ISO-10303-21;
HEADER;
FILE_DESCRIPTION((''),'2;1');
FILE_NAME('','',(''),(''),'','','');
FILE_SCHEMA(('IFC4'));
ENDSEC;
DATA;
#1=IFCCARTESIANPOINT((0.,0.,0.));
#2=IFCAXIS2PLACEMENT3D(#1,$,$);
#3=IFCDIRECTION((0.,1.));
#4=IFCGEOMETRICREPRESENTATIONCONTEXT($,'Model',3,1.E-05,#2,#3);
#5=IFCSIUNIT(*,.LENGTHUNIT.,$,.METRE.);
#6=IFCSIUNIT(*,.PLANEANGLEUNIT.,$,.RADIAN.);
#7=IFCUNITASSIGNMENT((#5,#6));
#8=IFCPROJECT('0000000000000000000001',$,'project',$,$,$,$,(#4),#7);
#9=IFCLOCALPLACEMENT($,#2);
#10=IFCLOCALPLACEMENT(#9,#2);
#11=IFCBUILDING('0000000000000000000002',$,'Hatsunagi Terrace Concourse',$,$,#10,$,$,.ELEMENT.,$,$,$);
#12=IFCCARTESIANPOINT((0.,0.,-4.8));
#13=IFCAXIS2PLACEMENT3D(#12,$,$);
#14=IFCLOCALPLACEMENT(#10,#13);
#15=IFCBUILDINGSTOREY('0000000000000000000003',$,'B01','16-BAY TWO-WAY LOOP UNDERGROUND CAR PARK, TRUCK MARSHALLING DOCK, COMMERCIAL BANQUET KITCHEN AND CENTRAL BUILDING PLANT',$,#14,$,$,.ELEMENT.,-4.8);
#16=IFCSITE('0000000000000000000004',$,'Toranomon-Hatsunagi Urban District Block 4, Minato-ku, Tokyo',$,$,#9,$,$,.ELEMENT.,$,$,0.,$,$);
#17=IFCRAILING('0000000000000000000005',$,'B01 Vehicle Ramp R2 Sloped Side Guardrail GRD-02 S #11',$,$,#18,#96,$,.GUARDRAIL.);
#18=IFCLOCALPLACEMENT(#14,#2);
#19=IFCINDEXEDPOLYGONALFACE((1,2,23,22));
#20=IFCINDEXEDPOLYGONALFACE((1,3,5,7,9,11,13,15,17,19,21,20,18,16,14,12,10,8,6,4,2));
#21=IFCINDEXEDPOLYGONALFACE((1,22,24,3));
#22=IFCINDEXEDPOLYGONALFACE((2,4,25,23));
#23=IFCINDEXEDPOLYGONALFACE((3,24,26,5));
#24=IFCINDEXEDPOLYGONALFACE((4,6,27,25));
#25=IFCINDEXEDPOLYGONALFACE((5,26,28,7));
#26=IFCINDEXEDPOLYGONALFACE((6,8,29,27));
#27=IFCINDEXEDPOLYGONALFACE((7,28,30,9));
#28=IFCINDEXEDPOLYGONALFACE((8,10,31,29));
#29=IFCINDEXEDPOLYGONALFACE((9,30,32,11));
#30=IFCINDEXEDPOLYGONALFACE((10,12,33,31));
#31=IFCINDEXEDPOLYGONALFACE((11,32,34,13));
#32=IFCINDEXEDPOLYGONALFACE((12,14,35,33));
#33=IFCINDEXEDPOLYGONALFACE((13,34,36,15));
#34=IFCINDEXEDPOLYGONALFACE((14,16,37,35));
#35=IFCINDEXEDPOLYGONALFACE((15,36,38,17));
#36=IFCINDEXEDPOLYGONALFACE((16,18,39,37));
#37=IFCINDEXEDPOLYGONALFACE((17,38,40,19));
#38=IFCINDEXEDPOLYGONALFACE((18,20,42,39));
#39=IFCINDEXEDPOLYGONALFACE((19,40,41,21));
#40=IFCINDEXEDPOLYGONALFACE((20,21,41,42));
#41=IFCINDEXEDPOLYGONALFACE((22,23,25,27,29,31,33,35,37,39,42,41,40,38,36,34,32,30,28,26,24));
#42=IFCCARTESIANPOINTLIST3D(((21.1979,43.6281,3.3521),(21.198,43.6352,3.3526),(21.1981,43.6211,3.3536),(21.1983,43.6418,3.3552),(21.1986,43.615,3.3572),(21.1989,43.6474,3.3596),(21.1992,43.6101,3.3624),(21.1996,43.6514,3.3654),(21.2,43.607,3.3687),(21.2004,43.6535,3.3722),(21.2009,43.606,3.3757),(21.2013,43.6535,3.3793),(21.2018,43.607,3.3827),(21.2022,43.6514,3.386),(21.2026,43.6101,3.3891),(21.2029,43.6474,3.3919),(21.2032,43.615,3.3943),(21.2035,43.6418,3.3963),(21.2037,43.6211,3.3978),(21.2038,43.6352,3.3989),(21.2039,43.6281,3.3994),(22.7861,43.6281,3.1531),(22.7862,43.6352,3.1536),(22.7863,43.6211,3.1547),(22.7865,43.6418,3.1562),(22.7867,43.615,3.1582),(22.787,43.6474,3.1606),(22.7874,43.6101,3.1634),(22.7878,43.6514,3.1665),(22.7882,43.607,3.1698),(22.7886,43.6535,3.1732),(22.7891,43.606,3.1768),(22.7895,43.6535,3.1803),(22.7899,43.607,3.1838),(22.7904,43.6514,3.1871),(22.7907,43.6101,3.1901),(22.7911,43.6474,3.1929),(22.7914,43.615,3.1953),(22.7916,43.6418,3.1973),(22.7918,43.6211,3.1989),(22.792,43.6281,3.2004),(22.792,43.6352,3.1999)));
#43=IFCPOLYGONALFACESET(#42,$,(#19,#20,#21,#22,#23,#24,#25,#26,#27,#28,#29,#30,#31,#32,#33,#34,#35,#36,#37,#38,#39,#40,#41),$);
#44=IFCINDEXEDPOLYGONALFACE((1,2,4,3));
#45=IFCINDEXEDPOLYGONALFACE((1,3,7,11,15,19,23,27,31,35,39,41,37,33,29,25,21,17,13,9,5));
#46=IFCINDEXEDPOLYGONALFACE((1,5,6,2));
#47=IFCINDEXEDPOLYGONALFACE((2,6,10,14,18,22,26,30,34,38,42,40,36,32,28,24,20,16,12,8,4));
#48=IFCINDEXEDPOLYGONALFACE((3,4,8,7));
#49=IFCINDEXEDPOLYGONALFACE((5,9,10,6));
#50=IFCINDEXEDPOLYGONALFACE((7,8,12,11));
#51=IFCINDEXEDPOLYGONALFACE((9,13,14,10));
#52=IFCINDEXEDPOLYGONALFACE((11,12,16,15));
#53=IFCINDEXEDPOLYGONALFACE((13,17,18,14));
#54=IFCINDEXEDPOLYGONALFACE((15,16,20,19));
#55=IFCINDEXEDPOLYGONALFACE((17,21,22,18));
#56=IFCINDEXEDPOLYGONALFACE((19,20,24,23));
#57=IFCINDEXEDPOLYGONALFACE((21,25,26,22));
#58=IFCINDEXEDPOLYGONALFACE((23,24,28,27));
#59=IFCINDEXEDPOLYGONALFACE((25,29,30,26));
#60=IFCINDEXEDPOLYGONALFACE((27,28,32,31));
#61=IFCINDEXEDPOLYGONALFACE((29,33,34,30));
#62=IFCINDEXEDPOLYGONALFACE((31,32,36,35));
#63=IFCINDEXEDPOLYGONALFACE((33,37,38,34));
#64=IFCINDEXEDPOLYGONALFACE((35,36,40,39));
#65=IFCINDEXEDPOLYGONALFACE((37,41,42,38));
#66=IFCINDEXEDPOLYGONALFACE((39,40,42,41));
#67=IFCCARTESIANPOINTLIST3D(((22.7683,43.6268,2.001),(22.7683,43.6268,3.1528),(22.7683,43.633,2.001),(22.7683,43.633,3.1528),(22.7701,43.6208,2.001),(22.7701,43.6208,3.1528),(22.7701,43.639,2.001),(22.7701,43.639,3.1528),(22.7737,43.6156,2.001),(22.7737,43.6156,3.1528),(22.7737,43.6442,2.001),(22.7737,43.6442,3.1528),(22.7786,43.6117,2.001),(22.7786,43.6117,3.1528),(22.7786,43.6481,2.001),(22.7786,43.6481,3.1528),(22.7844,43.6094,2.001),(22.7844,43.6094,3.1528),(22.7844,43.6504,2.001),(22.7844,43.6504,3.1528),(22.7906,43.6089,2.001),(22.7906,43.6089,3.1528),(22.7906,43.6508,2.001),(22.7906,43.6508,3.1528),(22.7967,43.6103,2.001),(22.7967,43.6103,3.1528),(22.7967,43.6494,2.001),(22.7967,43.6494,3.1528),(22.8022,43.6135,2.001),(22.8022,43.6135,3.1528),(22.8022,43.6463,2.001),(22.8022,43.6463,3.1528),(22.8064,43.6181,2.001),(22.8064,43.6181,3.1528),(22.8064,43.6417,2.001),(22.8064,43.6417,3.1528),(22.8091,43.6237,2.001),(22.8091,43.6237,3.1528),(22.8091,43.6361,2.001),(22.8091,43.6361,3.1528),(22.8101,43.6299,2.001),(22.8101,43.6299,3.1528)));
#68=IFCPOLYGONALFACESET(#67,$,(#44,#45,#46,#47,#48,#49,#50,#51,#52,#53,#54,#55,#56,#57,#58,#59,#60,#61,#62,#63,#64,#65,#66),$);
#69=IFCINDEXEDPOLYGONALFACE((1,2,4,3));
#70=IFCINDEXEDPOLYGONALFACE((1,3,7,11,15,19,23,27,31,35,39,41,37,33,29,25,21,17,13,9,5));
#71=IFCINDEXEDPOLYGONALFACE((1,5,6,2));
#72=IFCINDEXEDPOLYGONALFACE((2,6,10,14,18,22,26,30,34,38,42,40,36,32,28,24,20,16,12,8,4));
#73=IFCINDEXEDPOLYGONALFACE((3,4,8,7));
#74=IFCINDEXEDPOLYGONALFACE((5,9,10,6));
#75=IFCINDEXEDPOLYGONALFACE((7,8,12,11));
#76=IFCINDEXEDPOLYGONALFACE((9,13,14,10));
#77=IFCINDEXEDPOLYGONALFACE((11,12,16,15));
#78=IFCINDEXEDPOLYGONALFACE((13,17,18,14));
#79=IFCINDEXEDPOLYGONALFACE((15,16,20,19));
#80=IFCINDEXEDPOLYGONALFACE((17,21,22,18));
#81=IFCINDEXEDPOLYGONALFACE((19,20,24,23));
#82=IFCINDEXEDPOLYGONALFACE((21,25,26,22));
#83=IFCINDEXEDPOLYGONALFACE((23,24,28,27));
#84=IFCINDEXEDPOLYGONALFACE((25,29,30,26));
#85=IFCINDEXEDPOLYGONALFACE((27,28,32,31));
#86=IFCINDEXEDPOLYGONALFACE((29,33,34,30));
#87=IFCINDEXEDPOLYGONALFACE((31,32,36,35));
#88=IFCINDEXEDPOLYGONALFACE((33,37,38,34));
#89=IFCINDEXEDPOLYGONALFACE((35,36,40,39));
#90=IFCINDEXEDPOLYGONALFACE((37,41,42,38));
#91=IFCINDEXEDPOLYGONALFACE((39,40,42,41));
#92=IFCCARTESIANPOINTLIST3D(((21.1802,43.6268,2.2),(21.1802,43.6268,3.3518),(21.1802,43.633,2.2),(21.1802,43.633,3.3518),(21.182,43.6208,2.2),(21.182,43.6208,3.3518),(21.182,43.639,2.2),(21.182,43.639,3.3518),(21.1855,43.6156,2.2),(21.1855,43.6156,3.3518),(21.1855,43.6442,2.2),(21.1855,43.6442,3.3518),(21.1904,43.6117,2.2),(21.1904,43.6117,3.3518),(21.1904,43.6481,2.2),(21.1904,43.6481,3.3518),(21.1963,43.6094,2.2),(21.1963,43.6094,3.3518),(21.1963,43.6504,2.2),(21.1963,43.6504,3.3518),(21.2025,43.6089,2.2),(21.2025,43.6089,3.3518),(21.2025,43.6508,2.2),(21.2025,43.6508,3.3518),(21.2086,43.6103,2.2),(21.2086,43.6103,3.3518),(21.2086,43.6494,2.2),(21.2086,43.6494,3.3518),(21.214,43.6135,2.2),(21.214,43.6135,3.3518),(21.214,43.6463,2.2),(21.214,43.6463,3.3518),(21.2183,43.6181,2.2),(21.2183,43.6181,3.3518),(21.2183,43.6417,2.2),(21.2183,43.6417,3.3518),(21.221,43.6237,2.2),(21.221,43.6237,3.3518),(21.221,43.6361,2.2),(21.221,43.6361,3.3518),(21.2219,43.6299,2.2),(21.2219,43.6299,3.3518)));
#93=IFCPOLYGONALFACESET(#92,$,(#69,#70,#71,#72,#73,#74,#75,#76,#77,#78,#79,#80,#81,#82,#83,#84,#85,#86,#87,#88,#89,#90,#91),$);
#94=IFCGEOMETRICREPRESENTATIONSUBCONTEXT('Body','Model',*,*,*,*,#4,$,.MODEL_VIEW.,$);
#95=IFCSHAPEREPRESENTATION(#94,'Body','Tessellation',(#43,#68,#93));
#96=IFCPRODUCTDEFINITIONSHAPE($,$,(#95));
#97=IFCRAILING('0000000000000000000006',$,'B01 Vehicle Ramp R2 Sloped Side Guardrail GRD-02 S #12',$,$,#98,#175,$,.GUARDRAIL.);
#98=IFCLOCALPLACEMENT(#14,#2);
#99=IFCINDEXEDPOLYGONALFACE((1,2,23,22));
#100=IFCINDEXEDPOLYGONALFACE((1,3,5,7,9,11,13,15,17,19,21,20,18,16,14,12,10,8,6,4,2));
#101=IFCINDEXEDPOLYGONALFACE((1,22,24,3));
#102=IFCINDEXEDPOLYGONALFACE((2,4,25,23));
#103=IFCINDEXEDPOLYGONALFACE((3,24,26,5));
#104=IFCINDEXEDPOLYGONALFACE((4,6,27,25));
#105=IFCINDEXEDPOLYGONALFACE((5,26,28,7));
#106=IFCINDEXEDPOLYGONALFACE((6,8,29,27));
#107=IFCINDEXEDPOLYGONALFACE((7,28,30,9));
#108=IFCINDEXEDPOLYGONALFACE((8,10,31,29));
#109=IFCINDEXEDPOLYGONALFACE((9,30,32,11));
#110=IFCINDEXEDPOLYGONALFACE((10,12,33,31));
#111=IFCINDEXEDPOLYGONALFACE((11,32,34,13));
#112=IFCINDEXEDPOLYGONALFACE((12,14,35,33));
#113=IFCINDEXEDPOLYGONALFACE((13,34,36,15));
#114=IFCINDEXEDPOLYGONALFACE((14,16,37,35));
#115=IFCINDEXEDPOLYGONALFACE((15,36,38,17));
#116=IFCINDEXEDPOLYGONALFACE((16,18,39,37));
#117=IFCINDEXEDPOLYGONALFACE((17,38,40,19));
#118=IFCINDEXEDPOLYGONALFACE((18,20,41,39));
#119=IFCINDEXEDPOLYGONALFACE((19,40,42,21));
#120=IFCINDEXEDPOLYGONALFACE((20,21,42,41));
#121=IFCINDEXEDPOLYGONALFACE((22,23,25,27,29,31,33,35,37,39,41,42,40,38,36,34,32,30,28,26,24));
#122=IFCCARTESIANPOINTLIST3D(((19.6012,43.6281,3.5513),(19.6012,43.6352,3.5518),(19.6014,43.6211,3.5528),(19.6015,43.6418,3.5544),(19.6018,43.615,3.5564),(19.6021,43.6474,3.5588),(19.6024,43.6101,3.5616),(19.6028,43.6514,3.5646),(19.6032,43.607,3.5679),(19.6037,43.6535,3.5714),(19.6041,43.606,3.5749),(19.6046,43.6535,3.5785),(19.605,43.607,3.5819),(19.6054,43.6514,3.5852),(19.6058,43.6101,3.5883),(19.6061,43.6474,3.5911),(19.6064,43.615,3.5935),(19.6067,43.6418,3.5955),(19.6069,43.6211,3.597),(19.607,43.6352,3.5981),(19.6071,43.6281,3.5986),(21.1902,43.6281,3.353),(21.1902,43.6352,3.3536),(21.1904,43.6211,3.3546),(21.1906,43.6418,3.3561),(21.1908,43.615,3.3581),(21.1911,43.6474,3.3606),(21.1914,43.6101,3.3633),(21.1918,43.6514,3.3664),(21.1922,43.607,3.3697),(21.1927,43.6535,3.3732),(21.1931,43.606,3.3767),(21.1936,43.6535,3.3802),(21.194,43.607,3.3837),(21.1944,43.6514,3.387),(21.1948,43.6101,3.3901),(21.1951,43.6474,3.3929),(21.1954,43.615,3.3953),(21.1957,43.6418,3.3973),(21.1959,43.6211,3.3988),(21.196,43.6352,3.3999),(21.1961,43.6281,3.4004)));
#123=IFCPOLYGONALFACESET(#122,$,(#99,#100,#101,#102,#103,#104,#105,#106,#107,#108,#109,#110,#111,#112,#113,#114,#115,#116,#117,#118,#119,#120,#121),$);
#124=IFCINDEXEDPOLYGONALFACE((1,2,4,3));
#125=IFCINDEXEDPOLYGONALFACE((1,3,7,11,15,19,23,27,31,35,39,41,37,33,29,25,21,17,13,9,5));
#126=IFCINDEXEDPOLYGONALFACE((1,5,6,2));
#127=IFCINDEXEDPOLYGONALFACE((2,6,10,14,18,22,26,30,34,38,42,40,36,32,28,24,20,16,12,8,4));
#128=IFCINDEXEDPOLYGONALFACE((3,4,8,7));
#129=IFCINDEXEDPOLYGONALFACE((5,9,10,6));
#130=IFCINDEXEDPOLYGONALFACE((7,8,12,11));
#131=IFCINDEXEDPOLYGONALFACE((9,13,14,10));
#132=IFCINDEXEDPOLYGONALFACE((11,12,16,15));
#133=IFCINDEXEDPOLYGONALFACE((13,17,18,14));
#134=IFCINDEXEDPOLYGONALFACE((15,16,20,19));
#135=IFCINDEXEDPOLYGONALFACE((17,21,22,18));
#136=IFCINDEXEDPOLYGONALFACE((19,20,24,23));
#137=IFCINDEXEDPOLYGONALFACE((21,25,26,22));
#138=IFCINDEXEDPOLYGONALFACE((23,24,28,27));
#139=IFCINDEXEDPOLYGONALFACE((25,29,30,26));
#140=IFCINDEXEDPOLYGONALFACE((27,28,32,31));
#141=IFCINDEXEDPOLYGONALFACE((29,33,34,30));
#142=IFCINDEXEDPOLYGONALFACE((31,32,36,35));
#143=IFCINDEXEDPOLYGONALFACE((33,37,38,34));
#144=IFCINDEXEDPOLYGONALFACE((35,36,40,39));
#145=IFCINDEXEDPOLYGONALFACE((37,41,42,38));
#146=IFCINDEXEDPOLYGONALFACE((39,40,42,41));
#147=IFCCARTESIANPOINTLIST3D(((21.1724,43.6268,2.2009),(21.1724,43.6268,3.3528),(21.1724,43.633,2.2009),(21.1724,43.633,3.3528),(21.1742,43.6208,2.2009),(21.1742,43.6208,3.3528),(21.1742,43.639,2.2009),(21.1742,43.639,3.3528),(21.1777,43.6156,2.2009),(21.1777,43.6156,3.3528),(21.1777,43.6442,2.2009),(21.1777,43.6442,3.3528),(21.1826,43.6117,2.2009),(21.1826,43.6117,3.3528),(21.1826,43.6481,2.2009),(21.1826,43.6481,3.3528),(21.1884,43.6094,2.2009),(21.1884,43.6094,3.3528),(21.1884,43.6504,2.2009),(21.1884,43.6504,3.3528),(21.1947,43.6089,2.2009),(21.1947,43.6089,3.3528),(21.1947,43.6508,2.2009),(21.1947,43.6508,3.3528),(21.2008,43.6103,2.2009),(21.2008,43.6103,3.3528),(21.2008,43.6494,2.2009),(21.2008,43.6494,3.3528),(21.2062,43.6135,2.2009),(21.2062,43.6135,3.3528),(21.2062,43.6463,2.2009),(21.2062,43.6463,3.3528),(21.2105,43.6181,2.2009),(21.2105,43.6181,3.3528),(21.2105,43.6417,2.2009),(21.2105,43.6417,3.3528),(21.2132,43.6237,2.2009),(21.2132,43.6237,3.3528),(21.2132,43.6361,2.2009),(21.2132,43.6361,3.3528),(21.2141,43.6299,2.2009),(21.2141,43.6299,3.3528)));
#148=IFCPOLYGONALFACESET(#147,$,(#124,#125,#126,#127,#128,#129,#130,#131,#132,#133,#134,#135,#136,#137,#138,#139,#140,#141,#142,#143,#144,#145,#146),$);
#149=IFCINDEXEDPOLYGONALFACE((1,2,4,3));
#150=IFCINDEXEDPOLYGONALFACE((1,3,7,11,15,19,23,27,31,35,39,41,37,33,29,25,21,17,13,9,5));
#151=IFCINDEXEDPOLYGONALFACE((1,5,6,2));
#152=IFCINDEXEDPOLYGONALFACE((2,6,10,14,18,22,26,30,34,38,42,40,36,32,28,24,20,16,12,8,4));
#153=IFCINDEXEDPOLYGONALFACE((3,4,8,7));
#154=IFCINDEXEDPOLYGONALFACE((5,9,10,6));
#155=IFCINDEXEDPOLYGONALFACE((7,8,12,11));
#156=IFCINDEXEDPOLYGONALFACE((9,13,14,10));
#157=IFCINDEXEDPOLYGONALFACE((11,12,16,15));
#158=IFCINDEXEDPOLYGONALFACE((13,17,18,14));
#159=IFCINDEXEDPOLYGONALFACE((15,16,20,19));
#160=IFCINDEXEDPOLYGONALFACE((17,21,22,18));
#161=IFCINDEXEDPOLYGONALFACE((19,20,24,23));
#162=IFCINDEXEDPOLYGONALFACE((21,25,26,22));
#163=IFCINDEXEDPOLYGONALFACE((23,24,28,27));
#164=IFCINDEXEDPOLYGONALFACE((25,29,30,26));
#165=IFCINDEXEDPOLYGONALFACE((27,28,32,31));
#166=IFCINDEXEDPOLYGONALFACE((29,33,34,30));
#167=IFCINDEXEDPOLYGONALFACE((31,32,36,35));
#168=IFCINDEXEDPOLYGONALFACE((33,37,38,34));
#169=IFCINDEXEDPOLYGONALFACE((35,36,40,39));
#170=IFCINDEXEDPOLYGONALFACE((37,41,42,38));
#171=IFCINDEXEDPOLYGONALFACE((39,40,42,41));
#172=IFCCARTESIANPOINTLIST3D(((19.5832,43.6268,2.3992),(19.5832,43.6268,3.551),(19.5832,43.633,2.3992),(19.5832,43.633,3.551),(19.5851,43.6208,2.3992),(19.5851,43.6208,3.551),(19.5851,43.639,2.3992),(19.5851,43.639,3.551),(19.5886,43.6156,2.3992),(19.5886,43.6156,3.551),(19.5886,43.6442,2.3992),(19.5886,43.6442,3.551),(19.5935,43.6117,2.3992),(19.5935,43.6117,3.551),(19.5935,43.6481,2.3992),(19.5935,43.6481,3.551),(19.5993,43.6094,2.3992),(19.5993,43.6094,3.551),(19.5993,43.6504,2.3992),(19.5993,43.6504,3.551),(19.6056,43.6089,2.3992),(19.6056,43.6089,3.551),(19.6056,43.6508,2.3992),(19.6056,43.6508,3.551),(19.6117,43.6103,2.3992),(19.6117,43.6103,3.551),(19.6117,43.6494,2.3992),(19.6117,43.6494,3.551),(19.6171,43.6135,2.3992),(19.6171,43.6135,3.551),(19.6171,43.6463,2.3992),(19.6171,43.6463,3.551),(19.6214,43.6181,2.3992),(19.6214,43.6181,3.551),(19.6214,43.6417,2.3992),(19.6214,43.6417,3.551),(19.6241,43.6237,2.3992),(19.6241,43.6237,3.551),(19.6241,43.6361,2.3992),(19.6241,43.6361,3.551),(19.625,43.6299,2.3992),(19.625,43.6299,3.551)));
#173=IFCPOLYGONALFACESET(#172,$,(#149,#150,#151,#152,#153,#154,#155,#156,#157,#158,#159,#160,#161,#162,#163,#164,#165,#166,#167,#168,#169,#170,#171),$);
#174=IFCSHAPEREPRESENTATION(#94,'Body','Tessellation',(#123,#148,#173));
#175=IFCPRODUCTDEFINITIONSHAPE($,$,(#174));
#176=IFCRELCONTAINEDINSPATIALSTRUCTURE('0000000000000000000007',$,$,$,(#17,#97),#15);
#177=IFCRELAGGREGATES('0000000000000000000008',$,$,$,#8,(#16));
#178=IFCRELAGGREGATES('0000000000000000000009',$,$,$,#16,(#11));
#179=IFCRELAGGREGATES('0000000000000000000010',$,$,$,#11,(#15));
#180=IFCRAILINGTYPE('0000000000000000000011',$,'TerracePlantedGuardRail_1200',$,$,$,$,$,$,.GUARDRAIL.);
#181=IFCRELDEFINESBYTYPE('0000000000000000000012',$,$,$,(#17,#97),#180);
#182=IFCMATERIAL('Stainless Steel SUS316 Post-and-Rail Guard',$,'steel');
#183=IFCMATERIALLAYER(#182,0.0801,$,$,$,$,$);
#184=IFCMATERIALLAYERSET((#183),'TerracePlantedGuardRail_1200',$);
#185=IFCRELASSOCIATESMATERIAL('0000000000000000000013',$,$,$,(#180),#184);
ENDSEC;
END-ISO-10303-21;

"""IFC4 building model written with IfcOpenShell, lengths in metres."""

from ifc_helpers import new_model, si_unit, direction, frame, origin, origin_2d, place, context, subcontext, project, spatial, circle, extrude, material, layer, layer_set, type_object, element, save


model = new_model("IFC4")

# Units and contexts
model_context = context("Model", 3, precision=1e-05, world=origin(), true_north=direction((0.0, 1.0)))
body_context = subcontext(model_context, "Body", "Model", "MODEL_VIEW")
ifc_project = project(units=[si_unit("LENGTHUNIT", "METRE"), si_unit("PLANEANGLEUNIT", "RADIAN")], contexts=[model_context])

# Site, building, storey
site_placement = place(None, origin())
site = spatial("IfcSite", under=ifc_project, at=site_placement, Name="Toranomon-Hatsunagi Urban District Block 4, Minato-ku, Tokyo", CompositionType="ELEMENT", RefElevation=0.0)
building_placement = place(site_placement, origin())
building = spatial("IfcBuilding", under=site, at=building_placement, Name="Hatsunagi Terrace Concourse", CompositionType="ELEMENT")
storey_placement = place(building_placement, frame((0.0, 0.0, -4.8)))
storey = spatial("IfcBuildingStorey", under=building, at=storey_placement, Name="B01", Description="16-BAY TWO-WAY LOOP UNDERGROUND CAR PARK, TRUCK MARSHALLING DOCK, COMMERCIAL BANQUET KITCHEN AND CENTRAL BUILDING PLANT", CompositionType="ELEMENT", Elevation=-4.8)

# Railings
ifc_material_1 = material(Name="Stainless Steel SUS316 Post-and-Rail Guard", Category="steel")
ifc_layer_1 = layer(ifc_material_1, 0.0801)
ifc_layer_set_1 = layer_set([ifc_layer_1], Name="TerracePlantedGuardRail_1200")
railing_type = type_object("IfcRailingType", Name="TerracePlantedGuardRail_1200", PredefinedType="GUARDRAIL", material=ifc_layer_set_1)
railing_1_placement = place(storey_placement, frame((22.7891, 43.6299, 2.001)))
element("IfcRailing", 1, at=railing_1_placement, inside=storey, type_object=railing_type, Name="B01 Vehicle Ramp R2 Sloped Side Guardrail GRD-02 S #11", PredefinedType="GUARDRAIL", context=body_context, shape_type="SweptSolid", body=[
    extrude(circle(Radius=0.0239, at=origin_2d()), frame((0.0, 0.0, 1.1758), z_axis=(-0.992243, 0.0, 0.124316), x_axis=(0.0, -1.0, 0.0)), (0.0, 0.0, 1.0), 1.6006),
    extrude(circle(Radius=0.021, at=origin_2d()), origin(), (0.0, 0.0, 1.0), 1.1519),
    extrude(circle(Radius=0.021, at=origin_2d()), frame((-1.5881, 0.0, 0.199)), (0.0, 0.0, 1.0), 1.1519),
])
railing_2_placement = place(storey_placement, frame((21.1931, 43.6299, 2.2009)))
element("IfcRailing", 2, at=railing_2_placement, inside=storey, type_object=railing_type, Name="B01 Vehicle Ramp R2 Sloped Side Guardrail GRD-02 S #12", PredefinedType="GUARDRAIL", context=body_context, shape_type="SweptSolid", body=[
    extrude(circle(Radius=0.0239, at=origin_2d()), frame((0.0, 0.0, 1.1758), z_axis=(-0.992308, 0.0, 0.123791), x_axis=(0.0, -1.0, 0.0)), (0.0, 0.0, 1.0), 1.6013),
    extrude(circle(Radius=0.021, at=origin_2d()), origin(), (0.0, 0.0, 1.0), 1.1519),
    extrude(circle(Radius=0.021, at=origin_2d()), frame((-1.5891, 0.0, 0.1982)), (0.0, 0.0, 1.0), 1.1519),
])

save(model, "model.ifc")
